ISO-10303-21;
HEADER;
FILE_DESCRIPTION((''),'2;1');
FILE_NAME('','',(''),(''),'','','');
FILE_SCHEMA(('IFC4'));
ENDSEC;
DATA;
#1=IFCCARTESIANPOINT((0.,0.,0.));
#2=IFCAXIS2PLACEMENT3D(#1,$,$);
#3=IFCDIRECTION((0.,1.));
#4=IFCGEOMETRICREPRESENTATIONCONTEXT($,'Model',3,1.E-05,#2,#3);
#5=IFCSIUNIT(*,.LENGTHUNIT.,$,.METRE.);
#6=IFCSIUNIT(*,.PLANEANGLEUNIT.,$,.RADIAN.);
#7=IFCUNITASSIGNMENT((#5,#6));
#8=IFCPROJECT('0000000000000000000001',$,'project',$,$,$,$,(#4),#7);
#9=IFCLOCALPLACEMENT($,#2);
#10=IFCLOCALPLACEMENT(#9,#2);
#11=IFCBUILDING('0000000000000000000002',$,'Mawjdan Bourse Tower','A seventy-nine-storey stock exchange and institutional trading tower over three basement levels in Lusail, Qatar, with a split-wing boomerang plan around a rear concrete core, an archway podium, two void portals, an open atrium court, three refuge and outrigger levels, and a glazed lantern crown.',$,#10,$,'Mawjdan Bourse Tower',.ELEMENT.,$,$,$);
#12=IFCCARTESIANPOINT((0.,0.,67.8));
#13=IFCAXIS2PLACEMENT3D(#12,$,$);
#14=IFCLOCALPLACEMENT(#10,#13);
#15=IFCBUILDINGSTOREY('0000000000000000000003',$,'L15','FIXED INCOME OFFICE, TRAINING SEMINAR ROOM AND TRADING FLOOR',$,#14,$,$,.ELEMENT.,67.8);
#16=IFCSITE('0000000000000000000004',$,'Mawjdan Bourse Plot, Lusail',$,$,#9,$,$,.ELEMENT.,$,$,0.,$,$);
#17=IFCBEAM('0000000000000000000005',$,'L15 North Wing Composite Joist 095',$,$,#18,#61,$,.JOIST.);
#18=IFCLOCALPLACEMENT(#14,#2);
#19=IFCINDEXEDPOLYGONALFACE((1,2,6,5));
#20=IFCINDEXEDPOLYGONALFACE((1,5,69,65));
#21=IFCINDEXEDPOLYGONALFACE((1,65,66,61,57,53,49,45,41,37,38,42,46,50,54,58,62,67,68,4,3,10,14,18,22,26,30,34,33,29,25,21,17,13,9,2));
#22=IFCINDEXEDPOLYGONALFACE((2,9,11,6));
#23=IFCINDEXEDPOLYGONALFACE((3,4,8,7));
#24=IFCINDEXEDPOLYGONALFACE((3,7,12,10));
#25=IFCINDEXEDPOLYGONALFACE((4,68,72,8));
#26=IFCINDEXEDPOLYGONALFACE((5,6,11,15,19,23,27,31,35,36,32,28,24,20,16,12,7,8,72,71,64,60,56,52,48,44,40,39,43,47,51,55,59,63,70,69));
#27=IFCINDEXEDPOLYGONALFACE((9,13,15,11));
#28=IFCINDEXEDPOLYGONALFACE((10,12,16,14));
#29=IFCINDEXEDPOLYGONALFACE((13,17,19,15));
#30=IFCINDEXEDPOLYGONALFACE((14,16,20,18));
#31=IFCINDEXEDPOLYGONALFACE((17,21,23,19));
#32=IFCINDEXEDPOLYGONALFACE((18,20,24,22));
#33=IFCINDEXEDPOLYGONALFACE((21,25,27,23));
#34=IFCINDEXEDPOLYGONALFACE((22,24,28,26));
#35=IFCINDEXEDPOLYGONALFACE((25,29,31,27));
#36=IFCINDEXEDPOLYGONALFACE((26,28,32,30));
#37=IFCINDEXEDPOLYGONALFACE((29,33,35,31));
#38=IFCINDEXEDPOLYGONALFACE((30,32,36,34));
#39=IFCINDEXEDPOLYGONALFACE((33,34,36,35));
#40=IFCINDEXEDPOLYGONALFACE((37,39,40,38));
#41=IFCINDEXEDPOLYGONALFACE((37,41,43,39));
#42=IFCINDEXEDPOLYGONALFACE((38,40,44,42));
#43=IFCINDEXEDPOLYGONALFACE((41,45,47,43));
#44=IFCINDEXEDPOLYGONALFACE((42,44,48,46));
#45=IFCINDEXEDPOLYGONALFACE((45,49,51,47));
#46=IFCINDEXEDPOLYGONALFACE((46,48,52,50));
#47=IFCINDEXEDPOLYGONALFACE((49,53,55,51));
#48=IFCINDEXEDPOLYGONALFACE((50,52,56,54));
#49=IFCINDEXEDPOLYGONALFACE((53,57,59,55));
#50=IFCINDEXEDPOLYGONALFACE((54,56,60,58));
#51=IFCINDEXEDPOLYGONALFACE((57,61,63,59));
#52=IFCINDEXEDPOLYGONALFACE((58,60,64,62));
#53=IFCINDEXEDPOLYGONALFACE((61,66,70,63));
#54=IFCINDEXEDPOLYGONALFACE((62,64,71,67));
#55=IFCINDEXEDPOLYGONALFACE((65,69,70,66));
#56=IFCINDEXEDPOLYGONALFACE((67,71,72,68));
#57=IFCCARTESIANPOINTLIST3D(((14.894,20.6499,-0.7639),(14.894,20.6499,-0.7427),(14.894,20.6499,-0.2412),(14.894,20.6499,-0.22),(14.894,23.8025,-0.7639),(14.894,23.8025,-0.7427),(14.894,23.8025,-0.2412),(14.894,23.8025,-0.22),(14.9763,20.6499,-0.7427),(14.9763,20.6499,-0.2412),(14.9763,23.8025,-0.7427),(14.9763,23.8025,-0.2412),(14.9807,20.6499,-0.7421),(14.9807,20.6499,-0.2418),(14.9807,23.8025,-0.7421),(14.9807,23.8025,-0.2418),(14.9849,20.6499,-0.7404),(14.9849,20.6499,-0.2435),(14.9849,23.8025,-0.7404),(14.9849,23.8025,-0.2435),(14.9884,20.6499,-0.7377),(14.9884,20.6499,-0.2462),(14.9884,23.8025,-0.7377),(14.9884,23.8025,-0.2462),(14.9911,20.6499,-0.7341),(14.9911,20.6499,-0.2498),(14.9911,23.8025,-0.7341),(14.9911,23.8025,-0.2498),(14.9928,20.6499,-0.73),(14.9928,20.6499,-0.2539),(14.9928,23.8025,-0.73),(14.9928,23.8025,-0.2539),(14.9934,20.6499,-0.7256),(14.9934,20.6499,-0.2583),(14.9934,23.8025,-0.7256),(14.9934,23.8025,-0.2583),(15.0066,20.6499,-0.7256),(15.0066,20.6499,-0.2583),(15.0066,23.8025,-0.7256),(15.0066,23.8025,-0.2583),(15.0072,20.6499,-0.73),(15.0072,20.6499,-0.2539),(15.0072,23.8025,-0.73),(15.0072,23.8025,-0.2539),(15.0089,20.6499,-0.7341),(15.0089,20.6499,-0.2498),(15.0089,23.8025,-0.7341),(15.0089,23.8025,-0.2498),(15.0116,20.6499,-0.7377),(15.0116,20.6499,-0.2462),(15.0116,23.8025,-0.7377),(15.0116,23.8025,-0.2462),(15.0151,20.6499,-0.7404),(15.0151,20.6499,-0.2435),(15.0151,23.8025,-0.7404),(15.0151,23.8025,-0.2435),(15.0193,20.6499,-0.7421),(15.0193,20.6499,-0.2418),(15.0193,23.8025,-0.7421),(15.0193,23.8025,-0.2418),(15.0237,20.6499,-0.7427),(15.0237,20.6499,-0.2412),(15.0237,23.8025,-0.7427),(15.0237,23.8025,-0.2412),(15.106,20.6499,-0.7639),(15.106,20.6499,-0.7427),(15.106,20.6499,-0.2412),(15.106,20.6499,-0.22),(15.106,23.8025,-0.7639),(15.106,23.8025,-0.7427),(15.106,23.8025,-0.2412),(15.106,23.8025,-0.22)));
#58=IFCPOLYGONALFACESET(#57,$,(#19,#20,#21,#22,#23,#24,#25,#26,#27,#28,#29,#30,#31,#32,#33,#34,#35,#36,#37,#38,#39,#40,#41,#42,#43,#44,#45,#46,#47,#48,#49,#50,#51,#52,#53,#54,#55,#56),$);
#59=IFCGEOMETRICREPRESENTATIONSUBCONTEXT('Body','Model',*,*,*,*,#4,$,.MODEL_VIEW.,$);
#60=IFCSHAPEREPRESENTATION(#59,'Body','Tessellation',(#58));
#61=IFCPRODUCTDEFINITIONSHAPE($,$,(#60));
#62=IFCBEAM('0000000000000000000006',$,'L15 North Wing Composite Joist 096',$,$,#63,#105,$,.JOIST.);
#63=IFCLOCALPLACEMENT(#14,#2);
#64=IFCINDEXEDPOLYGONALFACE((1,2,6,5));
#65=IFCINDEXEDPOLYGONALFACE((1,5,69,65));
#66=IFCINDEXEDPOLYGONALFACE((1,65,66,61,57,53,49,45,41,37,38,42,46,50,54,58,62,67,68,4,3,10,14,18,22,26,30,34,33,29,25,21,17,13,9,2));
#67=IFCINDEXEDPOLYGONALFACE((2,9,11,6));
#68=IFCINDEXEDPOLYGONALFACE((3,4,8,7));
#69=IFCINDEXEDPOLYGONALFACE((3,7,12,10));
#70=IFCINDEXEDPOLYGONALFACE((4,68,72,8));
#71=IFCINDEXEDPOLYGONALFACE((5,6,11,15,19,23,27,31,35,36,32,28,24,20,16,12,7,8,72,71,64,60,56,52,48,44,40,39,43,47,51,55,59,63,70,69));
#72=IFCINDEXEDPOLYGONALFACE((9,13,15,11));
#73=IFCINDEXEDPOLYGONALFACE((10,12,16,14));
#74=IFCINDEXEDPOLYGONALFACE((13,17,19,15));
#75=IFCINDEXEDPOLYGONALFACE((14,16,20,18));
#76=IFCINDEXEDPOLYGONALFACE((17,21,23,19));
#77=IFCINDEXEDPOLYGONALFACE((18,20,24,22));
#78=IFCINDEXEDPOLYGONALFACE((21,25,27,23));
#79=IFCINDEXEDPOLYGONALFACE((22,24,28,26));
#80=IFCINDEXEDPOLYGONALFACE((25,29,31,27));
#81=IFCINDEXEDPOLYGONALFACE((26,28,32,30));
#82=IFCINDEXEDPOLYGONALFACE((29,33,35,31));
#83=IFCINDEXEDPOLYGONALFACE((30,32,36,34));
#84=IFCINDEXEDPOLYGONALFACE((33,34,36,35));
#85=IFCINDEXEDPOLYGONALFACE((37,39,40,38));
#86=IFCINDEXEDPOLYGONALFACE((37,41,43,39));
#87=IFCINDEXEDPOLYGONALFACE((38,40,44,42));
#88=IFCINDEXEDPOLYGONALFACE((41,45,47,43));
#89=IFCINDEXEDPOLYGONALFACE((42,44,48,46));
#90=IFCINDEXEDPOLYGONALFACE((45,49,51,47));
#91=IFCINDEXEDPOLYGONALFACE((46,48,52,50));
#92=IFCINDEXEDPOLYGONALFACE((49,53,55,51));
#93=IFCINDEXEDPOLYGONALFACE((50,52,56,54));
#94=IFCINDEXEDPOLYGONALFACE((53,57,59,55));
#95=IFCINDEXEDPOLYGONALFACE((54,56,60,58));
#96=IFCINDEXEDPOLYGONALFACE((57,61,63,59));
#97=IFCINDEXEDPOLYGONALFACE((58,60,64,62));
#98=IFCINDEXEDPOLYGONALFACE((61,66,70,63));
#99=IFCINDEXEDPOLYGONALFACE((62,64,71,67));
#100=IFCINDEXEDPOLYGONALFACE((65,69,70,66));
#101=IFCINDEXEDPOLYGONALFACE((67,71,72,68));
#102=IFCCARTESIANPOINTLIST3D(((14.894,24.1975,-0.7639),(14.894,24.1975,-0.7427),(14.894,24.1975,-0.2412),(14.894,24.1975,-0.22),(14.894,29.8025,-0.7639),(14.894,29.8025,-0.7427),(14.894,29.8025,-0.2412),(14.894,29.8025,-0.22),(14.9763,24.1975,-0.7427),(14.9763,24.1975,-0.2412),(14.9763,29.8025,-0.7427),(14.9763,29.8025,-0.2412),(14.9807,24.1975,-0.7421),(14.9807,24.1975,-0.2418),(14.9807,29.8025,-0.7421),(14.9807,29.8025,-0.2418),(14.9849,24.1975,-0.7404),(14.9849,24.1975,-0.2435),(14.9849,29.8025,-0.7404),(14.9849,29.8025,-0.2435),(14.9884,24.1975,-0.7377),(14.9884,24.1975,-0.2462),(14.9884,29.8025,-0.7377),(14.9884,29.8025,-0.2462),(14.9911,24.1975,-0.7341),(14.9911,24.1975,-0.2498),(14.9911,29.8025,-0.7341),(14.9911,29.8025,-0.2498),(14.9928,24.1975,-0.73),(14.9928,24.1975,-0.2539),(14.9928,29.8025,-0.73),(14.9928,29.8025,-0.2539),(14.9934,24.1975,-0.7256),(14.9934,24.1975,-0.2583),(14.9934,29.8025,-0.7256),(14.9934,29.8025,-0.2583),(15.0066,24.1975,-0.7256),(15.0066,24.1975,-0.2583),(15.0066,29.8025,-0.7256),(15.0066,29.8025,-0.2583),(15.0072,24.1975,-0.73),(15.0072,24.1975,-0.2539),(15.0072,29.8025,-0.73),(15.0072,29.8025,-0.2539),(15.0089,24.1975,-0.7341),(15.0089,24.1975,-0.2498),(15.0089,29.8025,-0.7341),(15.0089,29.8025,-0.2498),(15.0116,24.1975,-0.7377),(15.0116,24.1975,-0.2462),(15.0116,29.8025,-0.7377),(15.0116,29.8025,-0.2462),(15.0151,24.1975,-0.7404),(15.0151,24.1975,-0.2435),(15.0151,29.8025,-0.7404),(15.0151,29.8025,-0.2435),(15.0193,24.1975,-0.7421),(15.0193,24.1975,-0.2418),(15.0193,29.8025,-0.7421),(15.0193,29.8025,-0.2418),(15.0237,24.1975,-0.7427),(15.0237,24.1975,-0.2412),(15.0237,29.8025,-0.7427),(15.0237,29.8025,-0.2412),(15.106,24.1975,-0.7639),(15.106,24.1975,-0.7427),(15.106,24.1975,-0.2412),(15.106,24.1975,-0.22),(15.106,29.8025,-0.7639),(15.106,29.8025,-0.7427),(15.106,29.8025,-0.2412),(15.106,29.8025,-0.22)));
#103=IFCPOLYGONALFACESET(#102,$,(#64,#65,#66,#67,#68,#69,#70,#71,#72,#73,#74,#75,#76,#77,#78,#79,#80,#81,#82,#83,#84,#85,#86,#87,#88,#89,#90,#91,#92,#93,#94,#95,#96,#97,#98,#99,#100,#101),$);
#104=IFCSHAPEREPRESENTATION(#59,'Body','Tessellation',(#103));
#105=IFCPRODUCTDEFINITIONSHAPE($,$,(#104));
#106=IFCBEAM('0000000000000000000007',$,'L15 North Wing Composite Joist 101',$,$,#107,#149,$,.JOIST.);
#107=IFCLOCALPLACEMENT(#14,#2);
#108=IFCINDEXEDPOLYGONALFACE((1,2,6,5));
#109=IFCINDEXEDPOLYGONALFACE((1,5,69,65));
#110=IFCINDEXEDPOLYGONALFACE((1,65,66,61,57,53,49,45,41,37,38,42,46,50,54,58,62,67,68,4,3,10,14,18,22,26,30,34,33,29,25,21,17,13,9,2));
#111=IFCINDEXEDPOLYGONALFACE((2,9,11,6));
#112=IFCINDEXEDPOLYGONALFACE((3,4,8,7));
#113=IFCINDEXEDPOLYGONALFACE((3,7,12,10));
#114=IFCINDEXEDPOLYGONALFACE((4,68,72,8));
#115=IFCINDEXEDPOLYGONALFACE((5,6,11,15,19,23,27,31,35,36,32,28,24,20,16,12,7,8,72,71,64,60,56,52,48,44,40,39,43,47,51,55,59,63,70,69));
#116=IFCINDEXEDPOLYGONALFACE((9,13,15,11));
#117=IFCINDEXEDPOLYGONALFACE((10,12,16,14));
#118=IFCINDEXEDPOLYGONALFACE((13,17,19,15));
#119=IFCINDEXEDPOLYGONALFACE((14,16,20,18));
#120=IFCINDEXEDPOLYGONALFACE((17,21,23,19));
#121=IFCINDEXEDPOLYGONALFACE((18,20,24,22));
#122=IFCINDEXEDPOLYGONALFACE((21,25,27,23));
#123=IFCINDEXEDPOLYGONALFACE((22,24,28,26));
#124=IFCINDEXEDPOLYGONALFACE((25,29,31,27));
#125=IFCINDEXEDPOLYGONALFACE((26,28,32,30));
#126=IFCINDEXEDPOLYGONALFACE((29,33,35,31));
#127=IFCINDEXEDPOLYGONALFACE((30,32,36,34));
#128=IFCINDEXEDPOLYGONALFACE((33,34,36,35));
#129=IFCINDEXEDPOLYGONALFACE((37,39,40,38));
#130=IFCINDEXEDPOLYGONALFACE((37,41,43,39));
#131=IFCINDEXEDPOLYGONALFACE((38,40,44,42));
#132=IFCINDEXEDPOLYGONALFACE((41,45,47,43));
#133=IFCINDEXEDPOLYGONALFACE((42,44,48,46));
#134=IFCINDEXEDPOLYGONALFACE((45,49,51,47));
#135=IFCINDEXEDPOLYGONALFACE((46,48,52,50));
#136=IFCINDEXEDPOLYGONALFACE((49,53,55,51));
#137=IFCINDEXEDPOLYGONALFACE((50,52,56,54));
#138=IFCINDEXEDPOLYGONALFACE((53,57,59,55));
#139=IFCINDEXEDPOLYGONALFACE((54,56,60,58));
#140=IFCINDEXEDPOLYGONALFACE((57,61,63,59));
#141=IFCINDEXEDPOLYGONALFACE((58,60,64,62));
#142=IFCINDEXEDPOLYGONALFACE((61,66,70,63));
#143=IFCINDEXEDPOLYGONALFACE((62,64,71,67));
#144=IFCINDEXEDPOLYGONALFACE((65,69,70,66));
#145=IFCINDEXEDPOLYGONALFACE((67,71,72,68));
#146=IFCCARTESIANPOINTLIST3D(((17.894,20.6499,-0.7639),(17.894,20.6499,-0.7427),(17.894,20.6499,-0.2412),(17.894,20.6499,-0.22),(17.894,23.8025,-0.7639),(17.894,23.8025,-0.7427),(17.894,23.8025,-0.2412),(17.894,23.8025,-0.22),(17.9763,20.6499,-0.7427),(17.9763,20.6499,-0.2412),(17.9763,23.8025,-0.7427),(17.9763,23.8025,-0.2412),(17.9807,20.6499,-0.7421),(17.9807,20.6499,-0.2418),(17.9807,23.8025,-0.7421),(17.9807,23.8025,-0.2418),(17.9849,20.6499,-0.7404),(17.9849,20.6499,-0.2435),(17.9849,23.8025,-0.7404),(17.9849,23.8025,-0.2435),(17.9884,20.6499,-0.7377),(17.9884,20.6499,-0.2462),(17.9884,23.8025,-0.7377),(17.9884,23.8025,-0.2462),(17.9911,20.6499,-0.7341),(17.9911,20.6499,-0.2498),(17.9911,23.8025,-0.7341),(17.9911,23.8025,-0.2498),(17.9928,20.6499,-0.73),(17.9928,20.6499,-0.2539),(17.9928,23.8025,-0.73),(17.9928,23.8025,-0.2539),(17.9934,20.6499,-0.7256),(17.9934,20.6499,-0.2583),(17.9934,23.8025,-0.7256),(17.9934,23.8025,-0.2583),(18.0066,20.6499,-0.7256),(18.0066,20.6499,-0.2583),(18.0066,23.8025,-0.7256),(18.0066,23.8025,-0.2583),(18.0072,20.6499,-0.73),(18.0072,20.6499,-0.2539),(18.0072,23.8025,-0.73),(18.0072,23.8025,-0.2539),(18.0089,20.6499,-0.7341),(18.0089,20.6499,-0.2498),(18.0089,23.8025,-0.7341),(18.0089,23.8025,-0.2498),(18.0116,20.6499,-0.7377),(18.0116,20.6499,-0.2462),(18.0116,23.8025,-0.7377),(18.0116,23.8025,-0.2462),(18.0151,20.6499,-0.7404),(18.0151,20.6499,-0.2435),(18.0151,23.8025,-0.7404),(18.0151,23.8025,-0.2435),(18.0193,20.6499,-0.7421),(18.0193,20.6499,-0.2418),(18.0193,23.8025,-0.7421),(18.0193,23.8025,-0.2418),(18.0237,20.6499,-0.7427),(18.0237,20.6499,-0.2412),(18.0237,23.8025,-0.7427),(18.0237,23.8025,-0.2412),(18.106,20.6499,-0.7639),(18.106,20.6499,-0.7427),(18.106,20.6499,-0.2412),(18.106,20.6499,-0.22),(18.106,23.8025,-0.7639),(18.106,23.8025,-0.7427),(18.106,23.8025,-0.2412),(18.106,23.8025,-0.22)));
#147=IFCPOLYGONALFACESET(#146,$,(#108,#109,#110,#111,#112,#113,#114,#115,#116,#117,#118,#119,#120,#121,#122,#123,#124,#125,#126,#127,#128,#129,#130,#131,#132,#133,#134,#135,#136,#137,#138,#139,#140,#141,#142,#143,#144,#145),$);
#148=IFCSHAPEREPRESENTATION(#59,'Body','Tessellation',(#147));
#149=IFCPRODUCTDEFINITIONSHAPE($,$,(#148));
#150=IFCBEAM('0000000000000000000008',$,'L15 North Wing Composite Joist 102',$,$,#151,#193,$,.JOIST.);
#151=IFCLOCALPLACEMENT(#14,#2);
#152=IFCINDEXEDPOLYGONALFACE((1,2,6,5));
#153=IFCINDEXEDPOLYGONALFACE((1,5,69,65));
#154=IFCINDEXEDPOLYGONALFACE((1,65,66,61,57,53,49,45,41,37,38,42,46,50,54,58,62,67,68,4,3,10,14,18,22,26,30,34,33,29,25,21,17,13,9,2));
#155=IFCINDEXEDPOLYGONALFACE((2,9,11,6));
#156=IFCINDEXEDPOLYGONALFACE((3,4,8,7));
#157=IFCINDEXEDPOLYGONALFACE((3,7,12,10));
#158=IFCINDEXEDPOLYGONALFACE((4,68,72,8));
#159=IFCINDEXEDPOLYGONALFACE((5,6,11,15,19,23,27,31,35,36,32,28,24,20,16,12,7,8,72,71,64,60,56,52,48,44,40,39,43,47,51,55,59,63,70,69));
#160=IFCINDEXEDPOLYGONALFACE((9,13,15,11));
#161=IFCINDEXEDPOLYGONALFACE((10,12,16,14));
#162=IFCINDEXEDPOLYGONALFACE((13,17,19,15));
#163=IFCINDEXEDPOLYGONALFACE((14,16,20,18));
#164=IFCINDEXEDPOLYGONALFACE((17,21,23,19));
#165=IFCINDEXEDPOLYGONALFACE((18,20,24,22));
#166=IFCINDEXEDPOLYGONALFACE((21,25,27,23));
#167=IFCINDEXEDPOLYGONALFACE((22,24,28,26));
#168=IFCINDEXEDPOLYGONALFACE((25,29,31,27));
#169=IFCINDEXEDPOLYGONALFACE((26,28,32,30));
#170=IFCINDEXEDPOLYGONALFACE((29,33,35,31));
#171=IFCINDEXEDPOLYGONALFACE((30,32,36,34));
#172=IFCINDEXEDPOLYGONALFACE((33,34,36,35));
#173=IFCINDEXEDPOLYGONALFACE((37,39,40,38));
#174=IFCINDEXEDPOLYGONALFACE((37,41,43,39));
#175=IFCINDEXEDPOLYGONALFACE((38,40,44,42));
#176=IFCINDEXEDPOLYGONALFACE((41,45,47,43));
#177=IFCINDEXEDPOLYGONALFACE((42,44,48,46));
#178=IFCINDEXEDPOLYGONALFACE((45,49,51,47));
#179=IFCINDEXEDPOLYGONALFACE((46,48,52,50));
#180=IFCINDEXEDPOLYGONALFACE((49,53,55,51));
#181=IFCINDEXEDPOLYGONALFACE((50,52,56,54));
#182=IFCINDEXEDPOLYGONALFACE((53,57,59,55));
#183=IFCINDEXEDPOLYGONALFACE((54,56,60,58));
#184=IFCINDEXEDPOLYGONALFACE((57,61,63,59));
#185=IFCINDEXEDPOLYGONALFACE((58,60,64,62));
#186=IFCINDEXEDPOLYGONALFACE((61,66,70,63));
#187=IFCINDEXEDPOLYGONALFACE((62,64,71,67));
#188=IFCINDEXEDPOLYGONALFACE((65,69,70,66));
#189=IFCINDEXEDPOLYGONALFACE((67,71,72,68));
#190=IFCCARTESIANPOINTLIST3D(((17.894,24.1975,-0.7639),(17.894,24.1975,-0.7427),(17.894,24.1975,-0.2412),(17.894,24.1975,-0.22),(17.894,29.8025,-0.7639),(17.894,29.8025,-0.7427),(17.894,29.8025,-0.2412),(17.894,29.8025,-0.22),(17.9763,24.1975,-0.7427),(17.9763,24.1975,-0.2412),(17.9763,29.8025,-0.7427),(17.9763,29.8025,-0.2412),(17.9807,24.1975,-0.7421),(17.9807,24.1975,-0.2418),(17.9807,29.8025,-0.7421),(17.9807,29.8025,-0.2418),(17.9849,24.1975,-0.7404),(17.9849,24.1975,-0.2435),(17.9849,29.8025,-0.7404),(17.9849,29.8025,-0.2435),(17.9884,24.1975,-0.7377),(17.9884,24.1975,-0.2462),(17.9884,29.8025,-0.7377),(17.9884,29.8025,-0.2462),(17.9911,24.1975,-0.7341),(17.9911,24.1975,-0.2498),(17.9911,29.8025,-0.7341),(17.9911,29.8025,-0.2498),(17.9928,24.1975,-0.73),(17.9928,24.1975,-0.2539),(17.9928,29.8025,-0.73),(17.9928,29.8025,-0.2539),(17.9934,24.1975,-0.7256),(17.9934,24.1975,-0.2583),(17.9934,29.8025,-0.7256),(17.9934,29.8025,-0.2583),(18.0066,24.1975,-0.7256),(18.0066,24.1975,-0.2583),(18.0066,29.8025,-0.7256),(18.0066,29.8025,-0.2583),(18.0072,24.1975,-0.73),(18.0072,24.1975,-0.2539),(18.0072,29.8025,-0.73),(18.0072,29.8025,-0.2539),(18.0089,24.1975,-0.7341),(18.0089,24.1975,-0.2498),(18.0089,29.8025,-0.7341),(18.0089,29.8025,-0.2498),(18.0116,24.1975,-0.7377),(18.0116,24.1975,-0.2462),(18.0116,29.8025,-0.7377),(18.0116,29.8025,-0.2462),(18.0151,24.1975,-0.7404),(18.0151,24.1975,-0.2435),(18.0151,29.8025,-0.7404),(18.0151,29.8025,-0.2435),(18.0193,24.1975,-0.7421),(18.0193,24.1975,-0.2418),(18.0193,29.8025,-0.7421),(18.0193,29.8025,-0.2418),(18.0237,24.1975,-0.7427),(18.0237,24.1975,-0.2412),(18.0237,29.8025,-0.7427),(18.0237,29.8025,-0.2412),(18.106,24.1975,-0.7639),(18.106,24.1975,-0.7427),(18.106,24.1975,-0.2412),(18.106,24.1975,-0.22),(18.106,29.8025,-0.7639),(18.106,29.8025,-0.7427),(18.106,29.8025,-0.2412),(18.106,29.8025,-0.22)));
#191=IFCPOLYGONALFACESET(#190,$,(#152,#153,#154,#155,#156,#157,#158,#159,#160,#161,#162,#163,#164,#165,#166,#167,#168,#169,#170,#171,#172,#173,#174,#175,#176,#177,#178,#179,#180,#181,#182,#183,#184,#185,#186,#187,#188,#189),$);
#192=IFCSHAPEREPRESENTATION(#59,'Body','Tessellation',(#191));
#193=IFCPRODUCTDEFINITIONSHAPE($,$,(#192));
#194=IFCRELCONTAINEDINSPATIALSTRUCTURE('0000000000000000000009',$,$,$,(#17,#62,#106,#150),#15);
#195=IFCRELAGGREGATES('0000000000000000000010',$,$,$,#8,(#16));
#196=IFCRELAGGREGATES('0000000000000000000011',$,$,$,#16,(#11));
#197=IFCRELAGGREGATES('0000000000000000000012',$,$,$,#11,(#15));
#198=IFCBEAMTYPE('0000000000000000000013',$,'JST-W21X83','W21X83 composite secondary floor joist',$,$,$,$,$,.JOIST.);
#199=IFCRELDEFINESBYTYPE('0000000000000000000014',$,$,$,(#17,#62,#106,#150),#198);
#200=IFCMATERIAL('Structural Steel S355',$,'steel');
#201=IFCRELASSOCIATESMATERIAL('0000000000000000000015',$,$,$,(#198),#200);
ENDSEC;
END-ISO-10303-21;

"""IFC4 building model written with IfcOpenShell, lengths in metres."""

from ifc_helpers import new_model, si_unit, direction, frame, origin, origin_2d, place, context, subcontext, project, spatial, i_section, extrude, material, material_profile, profile_set, type_object, element, save


model = new_model("IFC4")

# Units and contexts
model_context = context("Model", 3, precision=1e-05, world=origin(), true_north=direction((0.0, 1.0)))
body_context = subcontext(model_context, "Body", "Model", "MODEL_VIEW")
ifc_project = project(units=[si_unit("LENGTHUNIT", "METRE"), si_unit("PLANEANGLEUNIT", "RADIAN")], contexts=[model_context])

# Site, building, storey
site_placement = place(None, origin())
site = spatial("IfcSite", under=ifc_project, at=site_placement, Name="Mawjdan Bourse Plot, Lusail", CompositionType="ELEMENT", RefElevation=0.0)
building_placement = place(site_placement, origin())
building = spatial("IfcBuilding", under=site, at=building_placement, Name="Mawjdan Bourse Tower", Description="A seventy-nine-storey stock exchange and institutional trading tower over three basement levels in Lusail, Qatar, with a split-wing boomerang plan around a rear concrete core, an archway podium, two void portals, an open atrium court, three refuge and outrigger levels, and a glazed lantern crown.", LongName="Mawjdan Bourse Tower", CompositionType="ELEMENT")
storey_placement = place(building_placement, frame((0.0, 0.0, 67.8)))
storey = spatial("IfcBuildingStorey", under=building, at=storey_placement, Name="L15", Description="FIXED INCOME OFFICE, TRAINING SEMINAR ROOM AND TRADING FLOOR", CompositionType="ELEMENT", Elevation=67.8)

# Beams
ifc_material_1 = material(Name="Structural Steel S355", Category="steel")
ifc_material_profile_1 = material_profile(ifc_material_1, i_section(OverallWidth=0.2119, OverallDepth=0.5439, WebThickness=0.0132, FlangeThickness=0.0212, FilletRadius=0.0171, at=origin_2d()), Name="W21X83")
ifc_profile_set_1 = profile_set([ifc_material_profile_1], Name="Structural Steel S355")
beam_type_1 = type_object("IfcBeamType", Name="JST-W21X83", Description="W21X83 composite secondary floor joist", PredefinedType="JOIST", material=ifc_profile_set_1)
beam_1_placement = place(storey_placement, frame((15.0, 20.6499, -0.4919), z_axis=(0.0, 1.0, 0.0), x_axis=(-1.0, 0.0, 0.0)))
element("IfcBeam", 1, at=beam_1_placement, inside=storey, type_object=beam_type_1, Name="L15 North Wing Composite Joist 095", PredefinedType="JOIST", context=body_context, shape_type="SweptSolid", body=[
    extrude(i_section(OverallWidth=0.2119, OverallDepth=0.5439, WebThickness=0.0132, FlangeThickness=0.0212, FilletRadius=0.0171, at=origin_2d()), origin(), (0.0, 0.0, 1.0), 3.1526),
])
beam_2_placement = place(storey_placement, frame((15.0, 24.1975, -0.4919), z_axis=(0.0, 1.0, 0.0), x_axis=(-1.0, 0.0, 0.0)))
element("IfcBeam", 2, at=beam_2_placement, inside=storey, type_object=beam_type_1, Name="L15 North Wing Composite Joist 096", PredefinedType="JOIST", context=body_context, shape_type="SweptSolid", body=[
    extrude(i_section(OverallWidth=0.2119, OverallDepth=0.5439, WebThickness=0.0132, FlangeThickness=0.0212, FilletRadius=0.0171, at=origin_2d()), origin(), (0.0, 0.0, 1.0), 5.605),
])
beam_3_placement = place(storey_placement, frame((18.0, 20.6499, -0.4919), z_axis=(0.0, 1.0, 0.0), x_axis=(-1.0, 0.0, 0.0)))
element("IfcBeam", 3, at=beam_3_placement, inside=storey, type_object=beam_type_1, Name="L15 North Wing Composite Joist 101", PredefinedType="JOIST", context=body_context, shape_type="SweptSolid", body=[
    extrude(i_section(OverallWidth=0.2119, OverallDepth=0.5439, WebThickness=0.0132, FlangeThickness=0.0212, FilletRadius=0.0171, at=origin_2d()), origin(), (0.0, 0.0, 1.0), 3.1526),
])
beam_4_placement = place(storey_placement, frame((18.0, 24.1975, -0.4919), z_axis=(0.0, 1.0, 0.0), x_axis=(-1.0, 0.0, 0.0)))
element("IfcBeam", 4, at=beam_4_placement, inside=storey, type_object=beam_type_1, Name="L15 North Wing Composite Joist 102", PredefinedType="JOIST", context=body_context, shape_type="SweptSolid", body=[
    extrude(i_section(OverallWidth=0.2119, OverallDepth=0.5439, WebThickness=0.0132, FlangeThickness=0.0212, FilletRadius=0.0171, at=origin_2d()), origin(), (0.0, 0.0, 1.0), 5.605),
])

save(model, "model.ifc")
